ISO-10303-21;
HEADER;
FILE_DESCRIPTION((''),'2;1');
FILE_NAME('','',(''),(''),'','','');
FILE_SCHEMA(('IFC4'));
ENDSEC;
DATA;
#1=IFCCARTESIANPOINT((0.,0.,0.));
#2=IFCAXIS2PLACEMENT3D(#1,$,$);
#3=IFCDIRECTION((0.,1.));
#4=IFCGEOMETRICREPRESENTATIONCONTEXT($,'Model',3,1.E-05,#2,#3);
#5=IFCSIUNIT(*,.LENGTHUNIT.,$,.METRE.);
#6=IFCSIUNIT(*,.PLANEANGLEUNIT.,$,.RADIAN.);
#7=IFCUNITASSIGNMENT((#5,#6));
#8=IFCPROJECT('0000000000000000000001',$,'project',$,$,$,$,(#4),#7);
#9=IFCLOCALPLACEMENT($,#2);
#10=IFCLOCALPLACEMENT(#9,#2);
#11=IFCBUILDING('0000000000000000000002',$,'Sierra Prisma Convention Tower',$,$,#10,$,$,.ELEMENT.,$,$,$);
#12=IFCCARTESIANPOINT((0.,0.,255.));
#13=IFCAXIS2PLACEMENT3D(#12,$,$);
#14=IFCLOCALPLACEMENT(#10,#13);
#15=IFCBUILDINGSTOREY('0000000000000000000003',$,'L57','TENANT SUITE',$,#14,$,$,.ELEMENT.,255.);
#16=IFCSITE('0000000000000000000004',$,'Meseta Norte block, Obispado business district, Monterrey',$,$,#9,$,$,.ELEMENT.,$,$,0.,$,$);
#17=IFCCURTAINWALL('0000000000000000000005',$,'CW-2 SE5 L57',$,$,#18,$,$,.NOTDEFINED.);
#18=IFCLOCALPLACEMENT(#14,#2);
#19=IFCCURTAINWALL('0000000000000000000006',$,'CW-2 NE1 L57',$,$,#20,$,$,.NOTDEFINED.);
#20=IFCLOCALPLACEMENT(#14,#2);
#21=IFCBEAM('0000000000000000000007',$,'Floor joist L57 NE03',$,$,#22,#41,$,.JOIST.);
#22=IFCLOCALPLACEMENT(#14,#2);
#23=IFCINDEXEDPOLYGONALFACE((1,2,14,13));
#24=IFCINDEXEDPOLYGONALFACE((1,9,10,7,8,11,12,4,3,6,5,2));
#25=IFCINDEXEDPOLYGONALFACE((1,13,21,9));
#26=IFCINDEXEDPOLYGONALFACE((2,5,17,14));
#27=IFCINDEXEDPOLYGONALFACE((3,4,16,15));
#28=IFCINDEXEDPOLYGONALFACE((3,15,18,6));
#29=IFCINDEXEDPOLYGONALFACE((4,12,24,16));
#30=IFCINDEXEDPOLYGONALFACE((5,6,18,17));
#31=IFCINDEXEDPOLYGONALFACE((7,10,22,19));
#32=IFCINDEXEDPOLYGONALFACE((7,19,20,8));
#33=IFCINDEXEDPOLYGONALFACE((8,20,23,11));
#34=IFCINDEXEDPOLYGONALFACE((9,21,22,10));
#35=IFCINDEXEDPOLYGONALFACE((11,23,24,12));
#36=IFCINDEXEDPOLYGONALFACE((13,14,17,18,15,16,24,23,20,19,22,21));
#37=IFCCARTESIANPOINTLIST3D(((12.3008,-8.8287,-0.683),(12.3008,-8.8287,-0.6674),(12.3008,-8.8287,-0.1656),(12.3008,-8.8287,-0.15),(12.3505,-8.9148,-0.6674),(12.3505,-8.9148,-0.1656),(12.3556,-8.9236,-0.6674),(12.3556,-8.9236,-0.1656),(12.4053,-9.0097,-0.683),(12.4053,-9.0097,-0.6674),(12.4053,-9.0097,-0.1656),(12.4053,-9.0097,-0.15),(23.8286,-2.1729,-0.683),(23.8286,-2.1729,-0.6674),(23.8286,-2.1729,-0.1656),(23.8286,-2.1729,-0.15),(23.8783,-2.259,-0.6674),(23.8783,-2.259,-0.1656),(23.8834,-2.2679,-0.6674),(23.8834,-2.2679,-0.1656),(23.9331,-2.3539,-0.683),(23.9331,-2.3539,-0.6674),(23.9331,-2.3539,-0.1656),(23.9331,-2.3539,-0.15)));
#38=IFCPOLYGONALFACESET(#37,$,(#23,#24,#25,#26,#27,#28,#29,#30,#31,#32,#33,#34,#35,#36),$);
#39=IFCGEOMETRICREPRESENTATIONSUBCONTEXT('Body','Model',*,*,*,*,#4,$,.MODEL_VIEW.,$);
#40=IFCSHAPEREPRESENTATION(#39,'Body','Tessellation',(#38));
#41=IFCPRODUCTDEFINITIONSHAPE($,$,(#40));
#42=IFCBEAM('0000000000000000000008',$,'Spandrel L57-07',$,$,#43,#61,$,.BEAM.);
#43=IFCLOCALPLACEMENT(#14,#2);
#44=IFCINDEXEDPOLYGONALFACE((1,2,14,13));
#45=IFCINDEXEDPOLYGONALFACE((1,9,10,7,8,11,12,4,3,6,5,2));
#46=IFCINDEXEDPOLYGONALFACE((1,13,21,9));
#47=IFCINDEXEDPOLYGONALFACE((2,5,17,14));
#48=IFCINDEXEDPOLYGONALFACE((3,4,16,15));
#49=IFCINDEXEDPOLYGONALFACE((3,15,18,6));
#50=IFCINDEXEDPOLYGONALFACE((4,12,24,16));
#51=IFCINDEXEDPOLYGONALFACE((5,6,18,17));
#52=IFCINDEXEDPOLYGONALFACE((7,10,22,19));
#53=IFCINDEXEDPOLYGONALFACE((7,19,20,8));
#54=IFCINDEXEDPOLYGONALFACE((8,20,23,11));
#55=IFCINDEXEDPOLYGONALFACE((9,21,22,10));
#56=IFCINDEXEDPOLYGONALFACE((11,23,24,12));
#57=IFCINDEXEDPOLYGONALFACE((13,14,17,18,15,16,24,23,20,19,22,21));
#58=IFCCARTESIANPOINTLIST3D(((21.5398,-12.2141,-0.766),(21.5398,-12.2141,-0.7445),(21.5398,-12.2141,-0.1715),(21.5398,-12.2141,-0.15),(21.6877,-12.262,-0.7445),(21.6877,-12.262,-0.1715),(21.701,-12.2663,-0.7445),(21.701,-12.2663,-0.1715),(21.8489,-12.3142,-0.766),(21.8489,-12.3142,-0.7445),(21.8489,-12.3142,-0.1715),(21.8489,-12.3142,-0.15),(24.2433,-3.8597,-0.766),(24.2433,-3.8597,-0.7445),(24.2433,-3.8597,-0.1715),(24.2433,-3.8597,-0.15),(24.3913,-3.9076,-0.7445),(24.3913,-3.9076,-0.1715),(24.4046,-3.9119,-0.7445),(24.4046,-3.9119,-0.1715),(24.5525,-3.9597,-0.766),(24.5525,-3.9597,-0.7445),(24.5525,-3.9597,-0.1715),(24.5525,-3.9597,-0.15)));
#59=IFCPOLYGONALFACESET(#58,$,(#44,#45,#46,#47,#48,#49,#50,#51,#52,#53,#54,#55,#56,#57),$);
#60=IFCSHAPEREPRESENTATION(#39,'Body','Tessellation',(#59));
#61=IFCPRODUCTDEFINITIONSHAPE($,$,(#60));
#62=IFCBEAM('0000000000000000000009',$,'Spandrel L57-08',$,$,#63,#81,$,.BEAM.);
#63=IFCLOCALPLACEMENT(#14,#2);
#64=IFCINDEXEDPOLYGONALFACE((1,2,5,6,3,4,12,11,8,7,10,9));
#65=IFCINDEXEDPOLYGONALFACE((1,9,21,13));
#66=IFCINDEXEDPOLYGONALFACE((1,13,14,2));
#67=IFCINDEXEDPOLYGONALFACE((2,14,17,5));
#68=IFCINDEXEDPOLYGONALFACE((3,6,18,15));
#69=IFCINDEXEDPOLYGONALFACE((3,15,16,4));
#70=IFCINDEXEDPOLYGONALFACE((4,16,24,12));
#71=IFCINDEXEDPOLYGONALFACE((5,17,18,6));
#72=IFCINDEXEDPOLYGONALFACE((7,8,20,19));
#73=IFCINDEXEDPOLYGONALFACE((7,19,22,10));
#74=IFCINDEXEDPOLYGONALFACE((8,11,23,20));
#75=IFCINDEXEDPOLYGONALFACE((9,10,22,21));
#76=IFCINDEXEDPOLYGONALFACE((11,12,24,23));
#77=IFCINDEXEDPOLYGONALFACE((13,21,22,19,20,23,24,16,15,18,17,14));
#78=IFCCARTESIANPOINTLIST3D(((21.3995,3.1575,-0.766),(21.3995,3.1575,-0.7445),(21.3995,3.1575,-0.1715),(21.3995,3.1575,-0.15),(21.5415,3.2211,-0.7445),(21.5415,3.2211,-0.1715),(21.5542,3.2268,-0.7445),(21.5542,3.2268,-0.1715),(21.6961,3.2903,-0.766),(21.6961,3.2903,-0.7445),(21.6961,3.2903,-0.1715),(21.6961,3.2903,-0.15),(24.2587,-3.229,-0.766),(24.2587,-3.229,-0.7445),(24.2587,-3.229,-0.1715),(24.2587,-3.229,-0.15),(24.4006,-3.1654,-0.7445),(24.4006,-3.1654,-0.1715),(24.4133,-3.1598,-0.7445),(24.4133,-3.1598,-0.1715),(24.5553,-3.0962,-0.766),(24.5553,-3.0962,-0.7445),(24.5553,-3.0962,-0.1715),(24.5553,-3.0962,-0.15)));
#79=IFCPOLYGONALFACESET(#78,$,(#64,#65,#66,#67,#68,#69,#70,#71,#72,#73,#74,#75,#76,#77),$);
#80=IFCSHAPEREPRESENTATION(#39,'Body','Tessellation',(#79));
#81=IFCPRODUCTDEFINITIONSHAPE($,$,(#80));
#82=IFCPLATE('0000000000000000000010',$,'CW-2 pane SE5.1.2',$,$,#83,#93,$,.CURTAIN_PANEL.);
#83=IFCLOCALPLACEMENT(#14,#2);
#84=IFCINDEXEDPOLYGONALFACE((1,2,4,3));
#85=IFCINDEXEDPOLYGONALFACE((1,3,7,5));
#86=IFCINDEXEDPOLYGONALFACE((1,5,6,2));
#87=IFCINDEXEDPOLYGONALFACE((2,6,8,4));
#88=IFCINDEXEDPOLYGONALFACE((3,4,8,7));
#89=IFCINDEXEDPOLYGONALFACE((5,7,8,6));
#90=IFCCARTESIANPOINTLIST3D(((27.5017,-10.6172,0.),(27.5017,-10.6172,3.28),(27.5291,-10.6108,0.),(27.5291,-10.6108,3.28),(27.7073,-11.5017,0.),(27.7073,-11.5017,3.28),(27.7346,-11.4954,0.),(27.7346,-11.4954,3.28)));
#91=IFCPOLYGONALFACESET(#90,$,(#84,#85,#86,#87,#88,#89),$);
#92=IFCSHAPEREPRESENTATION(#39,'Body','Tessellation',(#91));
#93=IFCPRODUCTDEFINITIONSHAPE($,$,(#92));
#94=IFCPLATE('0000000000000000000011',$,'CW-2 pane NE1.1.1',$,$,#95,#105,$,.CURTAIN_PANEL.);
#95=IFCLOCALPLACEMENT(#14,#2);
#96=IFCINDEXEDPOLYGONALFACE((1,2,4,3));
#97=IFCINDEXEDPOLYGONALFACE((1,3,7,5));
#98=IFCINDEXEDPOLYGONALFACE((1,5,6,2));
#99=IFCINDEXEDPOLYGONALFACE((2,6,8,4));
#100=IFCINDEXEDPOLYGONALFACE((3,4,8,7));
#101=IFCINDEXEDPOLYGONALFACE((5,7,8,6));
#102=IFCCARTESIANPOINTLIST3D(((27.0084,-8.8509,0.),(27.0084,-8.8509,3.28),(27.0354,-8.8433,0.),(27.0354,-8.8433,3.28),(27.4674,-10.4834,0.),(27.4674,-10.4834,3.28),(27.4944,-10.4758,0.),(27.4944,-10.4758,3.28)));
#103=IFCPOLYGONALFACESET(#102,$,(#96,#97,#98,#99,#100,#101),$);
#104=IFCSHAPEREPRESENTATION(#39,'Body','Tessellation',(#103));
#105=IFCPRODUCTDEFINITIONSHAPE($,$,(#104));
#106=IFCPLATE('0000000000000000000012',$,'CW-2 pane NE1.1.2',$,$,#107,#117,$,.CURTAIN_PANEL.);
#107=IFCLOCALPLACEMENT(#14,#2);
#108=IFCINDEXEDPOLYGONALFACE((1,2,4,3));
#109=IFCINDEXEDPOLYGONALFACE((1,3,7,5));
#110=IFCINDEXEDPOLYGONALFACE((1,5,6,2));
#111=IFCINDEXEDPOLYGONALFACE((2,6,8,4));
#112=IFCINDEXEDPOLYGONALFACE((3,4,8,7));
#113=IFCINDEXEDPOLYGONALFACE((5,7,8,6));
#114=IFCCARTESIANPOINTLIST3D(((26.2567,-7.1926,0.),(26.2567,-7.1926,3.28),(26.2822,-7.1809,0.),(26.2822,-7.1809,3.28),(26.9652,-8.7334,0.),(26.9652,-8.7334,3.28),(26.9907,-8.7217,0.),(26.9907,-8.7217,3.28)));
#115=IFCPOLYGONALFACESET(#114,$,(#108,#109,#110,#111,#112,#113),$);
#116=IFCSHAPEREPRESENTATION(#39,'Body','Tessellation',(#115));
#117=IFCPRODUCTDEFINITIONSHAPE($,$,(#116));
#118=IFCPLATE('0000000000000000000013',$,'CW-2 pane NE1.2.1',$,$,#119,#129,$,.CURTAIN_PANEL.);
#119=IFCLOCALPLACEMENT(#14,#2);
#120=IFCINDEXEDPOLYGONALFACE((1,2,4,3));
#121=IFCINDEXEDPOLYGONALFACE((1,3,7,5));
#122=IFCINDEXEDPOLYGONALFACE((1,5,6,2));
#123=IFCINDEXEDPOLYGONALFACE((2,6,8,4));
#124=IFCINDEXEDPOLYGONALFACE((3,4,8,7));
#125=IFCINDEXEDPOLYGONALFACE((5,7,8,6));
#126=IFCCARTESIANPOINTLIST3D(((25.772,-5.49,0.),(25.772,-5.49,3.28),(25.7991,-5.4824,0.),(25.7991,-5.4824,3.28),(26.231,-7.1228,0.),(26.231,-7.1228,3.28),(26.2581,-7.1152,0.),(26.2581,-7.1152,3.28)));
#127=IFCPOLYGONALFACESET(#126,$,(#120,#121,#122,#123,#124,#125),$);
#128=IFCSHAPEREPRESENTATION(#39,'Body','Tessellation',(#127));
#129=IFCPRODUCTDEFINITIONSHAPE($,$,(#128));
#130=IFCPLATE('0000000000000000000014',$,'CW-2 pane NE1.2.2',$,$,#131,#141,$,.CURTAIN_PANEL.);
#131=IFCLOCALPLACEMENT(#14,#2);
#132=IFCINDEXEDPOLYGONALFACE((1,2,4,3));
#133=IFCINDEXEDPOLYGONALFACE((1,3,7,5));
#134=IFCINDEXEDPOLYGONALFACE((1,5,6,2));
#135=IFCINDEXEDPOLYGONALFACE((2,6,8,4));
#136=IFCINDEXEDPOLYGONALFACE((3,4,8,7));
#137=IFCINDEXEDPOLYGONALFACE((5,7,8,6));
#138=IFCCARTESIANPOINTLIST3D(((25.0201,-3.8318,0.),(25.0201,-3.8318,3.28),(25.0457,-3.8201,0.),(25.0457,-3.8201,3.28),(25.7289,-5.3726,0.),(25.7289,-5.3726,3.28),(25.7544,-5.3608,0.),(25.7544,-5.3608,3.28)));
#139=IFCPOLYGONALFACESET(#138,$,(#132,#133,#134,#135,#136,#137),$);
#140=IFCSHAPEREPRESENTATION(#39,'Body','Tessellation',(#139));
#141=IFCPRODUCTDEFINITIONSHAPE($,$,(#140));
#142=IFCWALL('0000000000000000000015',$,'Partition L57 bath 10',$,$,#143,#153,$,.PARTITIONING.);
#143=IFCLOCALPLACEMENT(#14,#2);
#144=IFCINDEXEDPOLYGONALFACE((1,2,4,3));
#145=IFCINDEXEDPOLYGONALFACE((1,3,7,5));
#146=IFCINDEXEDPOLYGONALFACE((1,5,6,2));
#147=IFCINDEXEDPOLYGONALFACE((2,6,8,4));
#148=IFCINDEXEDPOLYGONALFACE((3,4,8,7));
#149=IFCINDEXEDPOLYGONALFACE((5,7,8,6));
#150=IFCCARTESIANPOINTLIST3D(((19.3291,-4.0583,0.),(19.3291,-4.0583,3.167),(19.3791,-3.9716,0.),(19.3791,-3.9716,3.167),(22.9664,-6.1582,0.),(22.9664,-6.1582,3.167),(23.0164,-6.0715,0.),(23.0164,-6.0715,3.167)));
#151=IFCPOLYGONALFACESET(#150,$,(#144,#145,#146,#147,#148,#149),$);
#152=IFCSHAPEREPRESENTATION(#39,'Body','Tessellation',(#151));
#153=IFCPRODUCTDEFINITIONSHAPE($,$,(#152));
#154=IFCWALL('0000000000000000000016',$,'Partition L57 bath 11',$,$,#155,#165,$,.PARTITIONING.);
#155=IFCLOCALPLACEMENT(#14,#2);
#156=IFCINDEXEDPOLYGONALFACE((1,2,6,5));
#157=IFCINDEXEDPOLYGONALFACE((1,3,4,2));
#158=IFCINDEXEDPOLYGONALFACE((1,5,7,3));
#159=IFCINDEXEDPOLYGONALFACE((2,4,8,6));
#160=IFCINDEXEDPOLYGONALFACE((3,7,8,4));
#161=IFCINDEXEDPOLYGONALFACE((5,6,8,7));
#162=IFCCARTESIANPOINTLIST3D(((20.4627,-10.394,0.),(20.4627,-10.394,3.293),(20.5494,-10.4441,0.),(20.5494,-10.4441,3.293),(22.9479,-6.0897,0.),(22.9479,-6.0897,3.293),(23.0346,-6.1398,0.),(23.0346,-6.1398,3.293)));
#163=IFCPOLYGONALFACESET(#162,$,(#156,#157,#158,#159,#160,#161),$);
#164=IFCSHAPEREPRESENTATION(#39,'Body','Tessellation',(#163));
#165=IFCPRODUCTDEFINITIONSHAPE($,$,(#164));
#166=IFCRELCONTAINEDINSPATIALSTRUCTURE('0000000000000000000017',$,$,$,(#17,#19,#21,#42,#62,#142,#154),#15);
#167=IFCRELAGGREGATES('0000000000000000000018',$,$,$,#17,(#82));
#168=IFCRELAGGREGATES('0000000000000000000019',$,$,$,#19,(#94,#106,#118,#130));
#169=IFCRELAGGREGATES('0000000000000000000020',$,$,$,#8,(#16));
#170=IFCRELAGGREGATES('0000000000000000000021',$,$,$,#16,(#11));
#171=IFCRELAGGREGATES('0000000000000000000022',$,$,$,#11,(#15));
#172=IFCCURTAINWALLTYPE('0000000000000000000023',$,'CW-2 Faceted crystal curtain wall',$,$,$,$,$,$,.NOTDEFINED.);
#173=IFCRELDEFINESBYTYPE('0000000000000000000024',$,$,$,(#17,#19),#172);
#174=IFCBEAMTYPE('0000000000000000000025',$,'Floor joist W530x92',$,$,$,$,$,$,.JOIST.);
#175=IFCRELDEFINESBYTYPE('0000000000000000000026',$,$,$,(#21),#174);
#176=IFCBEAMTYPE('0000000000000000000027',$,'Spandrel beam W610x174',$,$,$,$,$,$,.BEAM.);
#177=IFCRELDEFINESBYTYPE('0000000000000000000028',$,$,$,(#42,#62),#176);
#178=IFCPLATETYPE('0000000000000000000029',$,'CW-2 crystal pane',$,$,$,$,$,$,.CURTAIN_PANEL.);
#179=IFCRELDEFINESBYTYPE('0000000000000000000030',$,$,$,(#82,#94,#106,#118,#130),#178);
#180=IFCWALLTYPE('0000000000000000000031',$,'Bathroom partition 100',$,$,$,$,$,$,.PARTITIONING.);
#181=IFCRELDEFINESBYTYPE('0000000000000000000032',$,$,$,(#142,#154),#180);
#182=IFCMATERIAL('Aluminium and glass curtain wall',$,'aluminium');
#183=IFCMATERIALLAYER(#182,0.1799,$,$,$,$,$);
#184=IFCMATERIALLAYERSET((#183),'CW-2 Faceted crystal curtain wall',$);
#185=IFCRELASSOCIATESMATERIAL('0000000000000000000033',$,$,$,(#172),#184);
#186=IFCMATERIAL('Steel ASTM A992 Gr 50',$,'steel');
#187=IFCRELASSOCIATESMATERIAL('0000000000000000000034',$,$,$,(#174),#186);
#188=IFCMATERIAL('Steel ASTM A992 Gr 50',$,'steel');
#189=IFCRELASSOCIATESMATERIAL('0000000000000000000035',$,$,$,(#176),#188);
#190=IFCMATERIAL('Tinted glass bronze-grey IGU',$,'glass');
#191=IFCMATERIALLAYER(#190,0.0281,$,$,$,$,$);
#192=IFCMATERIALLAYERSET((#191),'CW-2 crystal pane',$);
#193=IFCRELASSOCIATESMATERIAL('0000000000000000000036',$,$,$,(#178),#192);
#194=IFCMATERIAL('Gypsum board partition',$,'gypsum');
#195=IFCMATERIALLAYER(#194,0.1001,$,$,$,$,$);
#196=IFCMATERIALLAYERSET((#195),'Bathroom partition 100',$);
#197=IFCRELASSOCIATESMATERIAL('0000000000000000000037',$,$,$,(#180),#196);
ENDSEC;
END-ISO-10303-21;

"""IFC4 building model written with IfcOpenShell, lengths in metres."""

from ifc_helpers import new_model, si_unit, direction, frame, frame_2d, origin, origin_2d, place, context, subcontext, project, spatial, polyline, rectangle, i_section, outline, extrude, material, layer, layer_set, material_profile, profile_set, type_object, element, aggregate, save


model = new_model("IFC4")

# Units and contexts
model_context = context("Model", 3, precision=1e-05, world=origin(), true_north=direction((0.0, 1.0)))
body_context = subcontext(model_context, "Body", "Model", "MODEL_VIEW")
ifc_project = project(units=[si_unit("LENGTHUNIT", "METRE"), si_unit("PLANEANGLEUNIT", "RADIAN")], contexts=[model_context])

# Site, building, storey
site_placement = place(None, origin())
site = spatial("IfcSite", under=ifc_project, at=site_placement, Name="Meseta Norte block, Obispado business district, Monterrey", CompositionType="ELEMENT", RefElevation=0.0)
building_placement = place(site_placement, origin())
building = spatial("IfcBuilding", under=site, at=building_placement, Name="Sierra Prisma Convention Tower", CompositionType="ELEMENT")
storey_placement = place(building_placement, frame((0.0, 0.0, 255.0)))
storey = spatial("IfcBuildingStorey", under=building, at=storey_placement, Name="L57", Description="TENANT SUITE", CompositionType="ELEMENT", Elevation=255.0)

# Curtain wall
ifc_material_1 = material(Name="Aluminium and glass curtain wall", Category="aluminium")
ifc_layer_1 = layer(ifc_material_1, 0.1799)
ifc_layer_set_1 = layer_set([ifc_layer_1], Name="CW-2 Faceted crystal curtain wall")
curtain_wall_type_1 = type_object("IfcCurtainWallType", Name="CW-2 Faceted crystal curtain wall", PredefinedType="NOTDEFINED", material=ifc_layer_set_1)
curtain_wall_1_placement = place(storey_placement, origin())
curtain_wall_1 = element("IfcCurtainWall", 1, at=curtain_wall_1_placement, inside=storey, type_object=curtain_wall_type_1, Name="CW-2 SE5 L57", PredefinedType="NOTDEFINED")

# Curtain wall
curtain_wall_2_placement = place(storey_placement, origin())
curtain_wall_2 = element("IfcCurtainWall", 2, at=curtain_wall_2_placement, inside=storey, type_object=curtain_wall_type_1, Name="CW-2 NE1 L57", PredefinedType="NOTDEFINED")

# Beams
ifc_material_2 = material(Name="Steel ASTM A992 Gr 50", Category="steel")
ifc_material_profile_1 = material_profile(ifc_material_2, i_section(OverallWidth=0.209, OverallDepth=0.533, WebThickness=0.0103, FlangeThickness=0.0156, at=origin_2d()), Name="W530x92")
ifc_profile_set_1 = profile_set([ifc_material_profile_1], Name="Steel ASTM A992 Gr 50")
beam_type_1 = type_object("IfcBeamType", Name="Floor joist W530x92", PredefinedType="JOIST", material=ifc_profile_set_1)
beam_1_placement = place(storey_placement, frame((23.8809, -2.2634, -0.4165), z_axis=(-0.86602, -0.500009, 0.0), x_axis=(0.500009, -0.86602, 0.0)))
element("IfcBeam", 3, at=beam_1_placement, inside=storey, type_object=beam_type_1, Name="Floor joist L57 NE03", PredefinedType="JOIST", context=body_context, shape_type="SweptSolid", body=[
    extrude(i_section(OverallWidth=0.209, OverallDepth=0.533, WebThickness=0.0103, FlangeThickness=0.0156, at=origin_2d()), origin(), (0.0, 0.0, 1.0), 13.3113),
])
ifc_material_3 = material(Name="Steel ASTM A992 Gr 50", Category="steel")
ifc_material_profile_2 = material_profile(ifc_material_3, i_section(OverallWidth=0.325, OverallDepth=0.616, WebThickness=0.0139, FlangeThickness=0.0215, at=origin_2d()), Name="W610x174")
ifc_profile_set_2 = profile_set([ifc_material_profile_2], Name="Steel ASTM A992 Gr 50")
beam_type_2 = type_object("IfcBeamType", Name="Spandrel beam W610x174", PredefinedType="BEAM", material=ifc_profile_set_2)
beam_2_placement = place(storey_placement, frame((21.6943, -12.2642, -0.458), z_axis=(0.307891, 0.951422, 0.0), x_axis=(-0.951422, 0.307891, 0.0)))
element("IfcBeam", 4, at=beam_2_placement, inside=storey, type_object=beam_type_2, Name="Spandrel L57-07", PredefinedType="BEAM", context=body_context, shape_type="SweptSolid", body=[
    extrude(i_section(OverallWidth=0.325, OverallDepth=0.616, WebThickness=0.0139, FlangeThickness=0.0215, at=origin_2d()), origin(), (0.0, 0.0, 1.0), 8.781),
])
beam_3_placement = place(storey_placement, frame((24.407, -3.1626, -0.458), z_axis=(-0.408607, 0.91271, 0.0), x_axis=(-0.91271, -0.408607, 0.0)))
element("IfcBeam", 5, at=beam_3_placement, inside=storey, type_object=beam_type_2, Name="Spandrel L57-08", PredefinedType="BEAM", context=body_context, shape_type="SweptSolid", body=[
    extrude(i_section(OverallWidth=0.325, OverallDepth=0.616, WebThickness=0.0139, FlangeThickness=0.0215, at=origin_2d()), origin(), (0.0, 0.0, 1.0), 6.9973),
])

# Plates
ifc_material_4 = material(Name="Tinted glass bronze-grey IGU", Category="glass")
ifc_layer_2 = layer(ifc_material_4, 0.0281)
ifc_layer_set_2 = layer_set([ifc_layer_2], Name="CW-2 crystal pane")
plate_type = type_object("IfcPlateType", Name="CW-2 crystal pane", PredefinedType="CURTAIN_PANEL", material=ifc_layer_set_2)
plate_1_placement = place(storey_placement, frame((27.5291, -10.6108, 0.0), z_axis=(0.974041, 0.226371, 0.0), x_axis=(0.226371, -0.974041, 0.0)))
plate_1 = element("IfcPlate", 6, at=plate_1_placement, type_object=plate_type, Name="CW-2 pane SE5.1.2", PredefinedType="CURTAIN_PANEL", context=body_context, shape_type="SweptSolid", body=[
    extrude(outline(polyline([(0.0, 0.0), (0.9081, 0.0), (0.9081, -3.28), (0.0, -3.28), (0.0, 0.0)])), origin(), (0.0, 0.0, -1.0), 0.0281),
])
aggregate(curtain_wall_1, [plate_1])
plate_2_placement = place(storey_placement, frame((27.4944, -10.4758, 0.0), z_axis=(0.962678, 0.27065, 0.0), x_axis=(-0.27065, 0.962678, 0.0)))
plate_2 = element("IfcPlate", 7, at=plate_2_placement, type_object=plate_type, Name="CW-2 pane NE1.1.1", PredefinedType="CURTAIN_PANEL", context=body_context, shape_type="SweptSolid", body=[
    extrude(outline(polyline([(0.0, 0.0), (1.6959, 0.0), (1.6959, 3.28), (0.0, 3.28), (0.0, 0.0)])), origin(), (0.0, 0.0, -1.0), 0.0281),
])
plate_3_placement = place(storey_placement, frame((26.2822, -7.1809, 0.0), z_axis=(0.908548, 0.41778, 0.0), x_axis=(0.41778, -0.908548, 0.0)))
plate_3 = element("IfcPlate", 8, at=plate_3_placement, type_object=plate_type, Name="CW-2 pane NE1.1.2", PredefinedType="CURTAIN_PANEL", context=body_context, shape_type="SweptSolid", body=[
    extrude(outline(polyline([(0.0, 0.0), (1.6959, 0.0), (1.6959, -3.28), (0.0, -3.28), (0.0, 0.0)])), origin(), (0.0, 0.0, -1.0), 0.0281),
])
plate_4_placement = place(storey_placement, frame((26.2581, -7.1152, 0.0), z_axis=(0.962688, 0.270612, 0.0), x_axis=(-0.270612, 0.962688, 0.0)))
plate_4 = element("IfcPlate", 9, at=plate_4_placement, type_object=plate_type, Name="CW-2 pane NE1.2.1", PredefinedType="CURTAIN_PANEL", context=body_context, shape_type="SweptSolid", body=[
    extrude(outline(polyline([(0.0, 0.0), (1.6961, 0.0), (1.6961, 3.28), (0.0, 3.28), (0.0, 0.0)])), origin(), (0.0, 0.0, -1.0), 0.0281),
])
plate_5_placement = place(storey_placement, frame((25.0457, -3.8201, 0.0), z_axis=(0.908494, 0.417898, 0.0), x_axis=(0.417898, -0.908494, 0.0)))
plate_5 = element("IfcPlate", 10, at=plate_5_placement, type_object=plate_type, Name="CW-2 pane NE1.2.2", PredefinedType="CURTAIN_PANEL", context=body_context, shape_type="SweptSolid", body=[
    extrude(outline(polyline([(0.0, 0.0), (1.696, 0.0), (1.696, -3.28), (0.0, -3.28), (0.0, 0.0)])), origin(), (0.0, 0.0, -1.0), 0.0281),
])
aggregate(curtain_wall_2, [plate_2, plate_3, plate_4, plate_5])

# Walls
ifc_material_5 = material(Name="Gypsum board partition", Category="gypsum")
ifc_layer_3 = layer(ifc_material_5, 0.1001)
ifc_layer_set_3 = layer_set([ifc_layer_3], Name="Bathroom partition 100")
wall_type_1 = type_object("IfcWallType", Name="Bathroom partition 100", PredefinedType="PARTITIONING", material=ifc_layer_set_3)
wall_1_placement = place(storey_placement, frame((19.354, -4.0149, 0.0), z_axis=(0.0, 0.0, 1.0), x_axis=(0.866035, -0.499984, 0.0)))
element("IfcWall", 11, at=wall_1_placement, inside=storey, type_object=wall_type_1, Name="Partition L57 bath 10", PredefinedType="PARTITIONING", context=body_context, shape_type="SweptSolid", body=[
    extrude(rectangle(XDim=4.2, YDim=0.1001, at=frame_2d((2.1001, 0.0))), origin(), (0.0, 0.0, 1.0), 3.167),
])
wall_2_placement = place(storey_placement, frame((22.9912, -6.1147, 0.0), z_axis=(0.0, 0.0, 1.0), x_axis=(-0.500012, -0.866019, 0.0)))
element("IfcWall", 12, at=wall_2_placement, inside=storey, type_object=wall_type_1, Name="Partition L57 bath 11", PredefinedType="PARTITIONING", context=body_context, shape_type="SweptSolid", body=[
    extrude(rectangle(XDim=4.9702, YDim=0.1001, at=frame_2d((2.4851, 0.0))), origin(), (0.0, 0.0, 1.0), 3.293),
])

save(model, "model.ifc")
